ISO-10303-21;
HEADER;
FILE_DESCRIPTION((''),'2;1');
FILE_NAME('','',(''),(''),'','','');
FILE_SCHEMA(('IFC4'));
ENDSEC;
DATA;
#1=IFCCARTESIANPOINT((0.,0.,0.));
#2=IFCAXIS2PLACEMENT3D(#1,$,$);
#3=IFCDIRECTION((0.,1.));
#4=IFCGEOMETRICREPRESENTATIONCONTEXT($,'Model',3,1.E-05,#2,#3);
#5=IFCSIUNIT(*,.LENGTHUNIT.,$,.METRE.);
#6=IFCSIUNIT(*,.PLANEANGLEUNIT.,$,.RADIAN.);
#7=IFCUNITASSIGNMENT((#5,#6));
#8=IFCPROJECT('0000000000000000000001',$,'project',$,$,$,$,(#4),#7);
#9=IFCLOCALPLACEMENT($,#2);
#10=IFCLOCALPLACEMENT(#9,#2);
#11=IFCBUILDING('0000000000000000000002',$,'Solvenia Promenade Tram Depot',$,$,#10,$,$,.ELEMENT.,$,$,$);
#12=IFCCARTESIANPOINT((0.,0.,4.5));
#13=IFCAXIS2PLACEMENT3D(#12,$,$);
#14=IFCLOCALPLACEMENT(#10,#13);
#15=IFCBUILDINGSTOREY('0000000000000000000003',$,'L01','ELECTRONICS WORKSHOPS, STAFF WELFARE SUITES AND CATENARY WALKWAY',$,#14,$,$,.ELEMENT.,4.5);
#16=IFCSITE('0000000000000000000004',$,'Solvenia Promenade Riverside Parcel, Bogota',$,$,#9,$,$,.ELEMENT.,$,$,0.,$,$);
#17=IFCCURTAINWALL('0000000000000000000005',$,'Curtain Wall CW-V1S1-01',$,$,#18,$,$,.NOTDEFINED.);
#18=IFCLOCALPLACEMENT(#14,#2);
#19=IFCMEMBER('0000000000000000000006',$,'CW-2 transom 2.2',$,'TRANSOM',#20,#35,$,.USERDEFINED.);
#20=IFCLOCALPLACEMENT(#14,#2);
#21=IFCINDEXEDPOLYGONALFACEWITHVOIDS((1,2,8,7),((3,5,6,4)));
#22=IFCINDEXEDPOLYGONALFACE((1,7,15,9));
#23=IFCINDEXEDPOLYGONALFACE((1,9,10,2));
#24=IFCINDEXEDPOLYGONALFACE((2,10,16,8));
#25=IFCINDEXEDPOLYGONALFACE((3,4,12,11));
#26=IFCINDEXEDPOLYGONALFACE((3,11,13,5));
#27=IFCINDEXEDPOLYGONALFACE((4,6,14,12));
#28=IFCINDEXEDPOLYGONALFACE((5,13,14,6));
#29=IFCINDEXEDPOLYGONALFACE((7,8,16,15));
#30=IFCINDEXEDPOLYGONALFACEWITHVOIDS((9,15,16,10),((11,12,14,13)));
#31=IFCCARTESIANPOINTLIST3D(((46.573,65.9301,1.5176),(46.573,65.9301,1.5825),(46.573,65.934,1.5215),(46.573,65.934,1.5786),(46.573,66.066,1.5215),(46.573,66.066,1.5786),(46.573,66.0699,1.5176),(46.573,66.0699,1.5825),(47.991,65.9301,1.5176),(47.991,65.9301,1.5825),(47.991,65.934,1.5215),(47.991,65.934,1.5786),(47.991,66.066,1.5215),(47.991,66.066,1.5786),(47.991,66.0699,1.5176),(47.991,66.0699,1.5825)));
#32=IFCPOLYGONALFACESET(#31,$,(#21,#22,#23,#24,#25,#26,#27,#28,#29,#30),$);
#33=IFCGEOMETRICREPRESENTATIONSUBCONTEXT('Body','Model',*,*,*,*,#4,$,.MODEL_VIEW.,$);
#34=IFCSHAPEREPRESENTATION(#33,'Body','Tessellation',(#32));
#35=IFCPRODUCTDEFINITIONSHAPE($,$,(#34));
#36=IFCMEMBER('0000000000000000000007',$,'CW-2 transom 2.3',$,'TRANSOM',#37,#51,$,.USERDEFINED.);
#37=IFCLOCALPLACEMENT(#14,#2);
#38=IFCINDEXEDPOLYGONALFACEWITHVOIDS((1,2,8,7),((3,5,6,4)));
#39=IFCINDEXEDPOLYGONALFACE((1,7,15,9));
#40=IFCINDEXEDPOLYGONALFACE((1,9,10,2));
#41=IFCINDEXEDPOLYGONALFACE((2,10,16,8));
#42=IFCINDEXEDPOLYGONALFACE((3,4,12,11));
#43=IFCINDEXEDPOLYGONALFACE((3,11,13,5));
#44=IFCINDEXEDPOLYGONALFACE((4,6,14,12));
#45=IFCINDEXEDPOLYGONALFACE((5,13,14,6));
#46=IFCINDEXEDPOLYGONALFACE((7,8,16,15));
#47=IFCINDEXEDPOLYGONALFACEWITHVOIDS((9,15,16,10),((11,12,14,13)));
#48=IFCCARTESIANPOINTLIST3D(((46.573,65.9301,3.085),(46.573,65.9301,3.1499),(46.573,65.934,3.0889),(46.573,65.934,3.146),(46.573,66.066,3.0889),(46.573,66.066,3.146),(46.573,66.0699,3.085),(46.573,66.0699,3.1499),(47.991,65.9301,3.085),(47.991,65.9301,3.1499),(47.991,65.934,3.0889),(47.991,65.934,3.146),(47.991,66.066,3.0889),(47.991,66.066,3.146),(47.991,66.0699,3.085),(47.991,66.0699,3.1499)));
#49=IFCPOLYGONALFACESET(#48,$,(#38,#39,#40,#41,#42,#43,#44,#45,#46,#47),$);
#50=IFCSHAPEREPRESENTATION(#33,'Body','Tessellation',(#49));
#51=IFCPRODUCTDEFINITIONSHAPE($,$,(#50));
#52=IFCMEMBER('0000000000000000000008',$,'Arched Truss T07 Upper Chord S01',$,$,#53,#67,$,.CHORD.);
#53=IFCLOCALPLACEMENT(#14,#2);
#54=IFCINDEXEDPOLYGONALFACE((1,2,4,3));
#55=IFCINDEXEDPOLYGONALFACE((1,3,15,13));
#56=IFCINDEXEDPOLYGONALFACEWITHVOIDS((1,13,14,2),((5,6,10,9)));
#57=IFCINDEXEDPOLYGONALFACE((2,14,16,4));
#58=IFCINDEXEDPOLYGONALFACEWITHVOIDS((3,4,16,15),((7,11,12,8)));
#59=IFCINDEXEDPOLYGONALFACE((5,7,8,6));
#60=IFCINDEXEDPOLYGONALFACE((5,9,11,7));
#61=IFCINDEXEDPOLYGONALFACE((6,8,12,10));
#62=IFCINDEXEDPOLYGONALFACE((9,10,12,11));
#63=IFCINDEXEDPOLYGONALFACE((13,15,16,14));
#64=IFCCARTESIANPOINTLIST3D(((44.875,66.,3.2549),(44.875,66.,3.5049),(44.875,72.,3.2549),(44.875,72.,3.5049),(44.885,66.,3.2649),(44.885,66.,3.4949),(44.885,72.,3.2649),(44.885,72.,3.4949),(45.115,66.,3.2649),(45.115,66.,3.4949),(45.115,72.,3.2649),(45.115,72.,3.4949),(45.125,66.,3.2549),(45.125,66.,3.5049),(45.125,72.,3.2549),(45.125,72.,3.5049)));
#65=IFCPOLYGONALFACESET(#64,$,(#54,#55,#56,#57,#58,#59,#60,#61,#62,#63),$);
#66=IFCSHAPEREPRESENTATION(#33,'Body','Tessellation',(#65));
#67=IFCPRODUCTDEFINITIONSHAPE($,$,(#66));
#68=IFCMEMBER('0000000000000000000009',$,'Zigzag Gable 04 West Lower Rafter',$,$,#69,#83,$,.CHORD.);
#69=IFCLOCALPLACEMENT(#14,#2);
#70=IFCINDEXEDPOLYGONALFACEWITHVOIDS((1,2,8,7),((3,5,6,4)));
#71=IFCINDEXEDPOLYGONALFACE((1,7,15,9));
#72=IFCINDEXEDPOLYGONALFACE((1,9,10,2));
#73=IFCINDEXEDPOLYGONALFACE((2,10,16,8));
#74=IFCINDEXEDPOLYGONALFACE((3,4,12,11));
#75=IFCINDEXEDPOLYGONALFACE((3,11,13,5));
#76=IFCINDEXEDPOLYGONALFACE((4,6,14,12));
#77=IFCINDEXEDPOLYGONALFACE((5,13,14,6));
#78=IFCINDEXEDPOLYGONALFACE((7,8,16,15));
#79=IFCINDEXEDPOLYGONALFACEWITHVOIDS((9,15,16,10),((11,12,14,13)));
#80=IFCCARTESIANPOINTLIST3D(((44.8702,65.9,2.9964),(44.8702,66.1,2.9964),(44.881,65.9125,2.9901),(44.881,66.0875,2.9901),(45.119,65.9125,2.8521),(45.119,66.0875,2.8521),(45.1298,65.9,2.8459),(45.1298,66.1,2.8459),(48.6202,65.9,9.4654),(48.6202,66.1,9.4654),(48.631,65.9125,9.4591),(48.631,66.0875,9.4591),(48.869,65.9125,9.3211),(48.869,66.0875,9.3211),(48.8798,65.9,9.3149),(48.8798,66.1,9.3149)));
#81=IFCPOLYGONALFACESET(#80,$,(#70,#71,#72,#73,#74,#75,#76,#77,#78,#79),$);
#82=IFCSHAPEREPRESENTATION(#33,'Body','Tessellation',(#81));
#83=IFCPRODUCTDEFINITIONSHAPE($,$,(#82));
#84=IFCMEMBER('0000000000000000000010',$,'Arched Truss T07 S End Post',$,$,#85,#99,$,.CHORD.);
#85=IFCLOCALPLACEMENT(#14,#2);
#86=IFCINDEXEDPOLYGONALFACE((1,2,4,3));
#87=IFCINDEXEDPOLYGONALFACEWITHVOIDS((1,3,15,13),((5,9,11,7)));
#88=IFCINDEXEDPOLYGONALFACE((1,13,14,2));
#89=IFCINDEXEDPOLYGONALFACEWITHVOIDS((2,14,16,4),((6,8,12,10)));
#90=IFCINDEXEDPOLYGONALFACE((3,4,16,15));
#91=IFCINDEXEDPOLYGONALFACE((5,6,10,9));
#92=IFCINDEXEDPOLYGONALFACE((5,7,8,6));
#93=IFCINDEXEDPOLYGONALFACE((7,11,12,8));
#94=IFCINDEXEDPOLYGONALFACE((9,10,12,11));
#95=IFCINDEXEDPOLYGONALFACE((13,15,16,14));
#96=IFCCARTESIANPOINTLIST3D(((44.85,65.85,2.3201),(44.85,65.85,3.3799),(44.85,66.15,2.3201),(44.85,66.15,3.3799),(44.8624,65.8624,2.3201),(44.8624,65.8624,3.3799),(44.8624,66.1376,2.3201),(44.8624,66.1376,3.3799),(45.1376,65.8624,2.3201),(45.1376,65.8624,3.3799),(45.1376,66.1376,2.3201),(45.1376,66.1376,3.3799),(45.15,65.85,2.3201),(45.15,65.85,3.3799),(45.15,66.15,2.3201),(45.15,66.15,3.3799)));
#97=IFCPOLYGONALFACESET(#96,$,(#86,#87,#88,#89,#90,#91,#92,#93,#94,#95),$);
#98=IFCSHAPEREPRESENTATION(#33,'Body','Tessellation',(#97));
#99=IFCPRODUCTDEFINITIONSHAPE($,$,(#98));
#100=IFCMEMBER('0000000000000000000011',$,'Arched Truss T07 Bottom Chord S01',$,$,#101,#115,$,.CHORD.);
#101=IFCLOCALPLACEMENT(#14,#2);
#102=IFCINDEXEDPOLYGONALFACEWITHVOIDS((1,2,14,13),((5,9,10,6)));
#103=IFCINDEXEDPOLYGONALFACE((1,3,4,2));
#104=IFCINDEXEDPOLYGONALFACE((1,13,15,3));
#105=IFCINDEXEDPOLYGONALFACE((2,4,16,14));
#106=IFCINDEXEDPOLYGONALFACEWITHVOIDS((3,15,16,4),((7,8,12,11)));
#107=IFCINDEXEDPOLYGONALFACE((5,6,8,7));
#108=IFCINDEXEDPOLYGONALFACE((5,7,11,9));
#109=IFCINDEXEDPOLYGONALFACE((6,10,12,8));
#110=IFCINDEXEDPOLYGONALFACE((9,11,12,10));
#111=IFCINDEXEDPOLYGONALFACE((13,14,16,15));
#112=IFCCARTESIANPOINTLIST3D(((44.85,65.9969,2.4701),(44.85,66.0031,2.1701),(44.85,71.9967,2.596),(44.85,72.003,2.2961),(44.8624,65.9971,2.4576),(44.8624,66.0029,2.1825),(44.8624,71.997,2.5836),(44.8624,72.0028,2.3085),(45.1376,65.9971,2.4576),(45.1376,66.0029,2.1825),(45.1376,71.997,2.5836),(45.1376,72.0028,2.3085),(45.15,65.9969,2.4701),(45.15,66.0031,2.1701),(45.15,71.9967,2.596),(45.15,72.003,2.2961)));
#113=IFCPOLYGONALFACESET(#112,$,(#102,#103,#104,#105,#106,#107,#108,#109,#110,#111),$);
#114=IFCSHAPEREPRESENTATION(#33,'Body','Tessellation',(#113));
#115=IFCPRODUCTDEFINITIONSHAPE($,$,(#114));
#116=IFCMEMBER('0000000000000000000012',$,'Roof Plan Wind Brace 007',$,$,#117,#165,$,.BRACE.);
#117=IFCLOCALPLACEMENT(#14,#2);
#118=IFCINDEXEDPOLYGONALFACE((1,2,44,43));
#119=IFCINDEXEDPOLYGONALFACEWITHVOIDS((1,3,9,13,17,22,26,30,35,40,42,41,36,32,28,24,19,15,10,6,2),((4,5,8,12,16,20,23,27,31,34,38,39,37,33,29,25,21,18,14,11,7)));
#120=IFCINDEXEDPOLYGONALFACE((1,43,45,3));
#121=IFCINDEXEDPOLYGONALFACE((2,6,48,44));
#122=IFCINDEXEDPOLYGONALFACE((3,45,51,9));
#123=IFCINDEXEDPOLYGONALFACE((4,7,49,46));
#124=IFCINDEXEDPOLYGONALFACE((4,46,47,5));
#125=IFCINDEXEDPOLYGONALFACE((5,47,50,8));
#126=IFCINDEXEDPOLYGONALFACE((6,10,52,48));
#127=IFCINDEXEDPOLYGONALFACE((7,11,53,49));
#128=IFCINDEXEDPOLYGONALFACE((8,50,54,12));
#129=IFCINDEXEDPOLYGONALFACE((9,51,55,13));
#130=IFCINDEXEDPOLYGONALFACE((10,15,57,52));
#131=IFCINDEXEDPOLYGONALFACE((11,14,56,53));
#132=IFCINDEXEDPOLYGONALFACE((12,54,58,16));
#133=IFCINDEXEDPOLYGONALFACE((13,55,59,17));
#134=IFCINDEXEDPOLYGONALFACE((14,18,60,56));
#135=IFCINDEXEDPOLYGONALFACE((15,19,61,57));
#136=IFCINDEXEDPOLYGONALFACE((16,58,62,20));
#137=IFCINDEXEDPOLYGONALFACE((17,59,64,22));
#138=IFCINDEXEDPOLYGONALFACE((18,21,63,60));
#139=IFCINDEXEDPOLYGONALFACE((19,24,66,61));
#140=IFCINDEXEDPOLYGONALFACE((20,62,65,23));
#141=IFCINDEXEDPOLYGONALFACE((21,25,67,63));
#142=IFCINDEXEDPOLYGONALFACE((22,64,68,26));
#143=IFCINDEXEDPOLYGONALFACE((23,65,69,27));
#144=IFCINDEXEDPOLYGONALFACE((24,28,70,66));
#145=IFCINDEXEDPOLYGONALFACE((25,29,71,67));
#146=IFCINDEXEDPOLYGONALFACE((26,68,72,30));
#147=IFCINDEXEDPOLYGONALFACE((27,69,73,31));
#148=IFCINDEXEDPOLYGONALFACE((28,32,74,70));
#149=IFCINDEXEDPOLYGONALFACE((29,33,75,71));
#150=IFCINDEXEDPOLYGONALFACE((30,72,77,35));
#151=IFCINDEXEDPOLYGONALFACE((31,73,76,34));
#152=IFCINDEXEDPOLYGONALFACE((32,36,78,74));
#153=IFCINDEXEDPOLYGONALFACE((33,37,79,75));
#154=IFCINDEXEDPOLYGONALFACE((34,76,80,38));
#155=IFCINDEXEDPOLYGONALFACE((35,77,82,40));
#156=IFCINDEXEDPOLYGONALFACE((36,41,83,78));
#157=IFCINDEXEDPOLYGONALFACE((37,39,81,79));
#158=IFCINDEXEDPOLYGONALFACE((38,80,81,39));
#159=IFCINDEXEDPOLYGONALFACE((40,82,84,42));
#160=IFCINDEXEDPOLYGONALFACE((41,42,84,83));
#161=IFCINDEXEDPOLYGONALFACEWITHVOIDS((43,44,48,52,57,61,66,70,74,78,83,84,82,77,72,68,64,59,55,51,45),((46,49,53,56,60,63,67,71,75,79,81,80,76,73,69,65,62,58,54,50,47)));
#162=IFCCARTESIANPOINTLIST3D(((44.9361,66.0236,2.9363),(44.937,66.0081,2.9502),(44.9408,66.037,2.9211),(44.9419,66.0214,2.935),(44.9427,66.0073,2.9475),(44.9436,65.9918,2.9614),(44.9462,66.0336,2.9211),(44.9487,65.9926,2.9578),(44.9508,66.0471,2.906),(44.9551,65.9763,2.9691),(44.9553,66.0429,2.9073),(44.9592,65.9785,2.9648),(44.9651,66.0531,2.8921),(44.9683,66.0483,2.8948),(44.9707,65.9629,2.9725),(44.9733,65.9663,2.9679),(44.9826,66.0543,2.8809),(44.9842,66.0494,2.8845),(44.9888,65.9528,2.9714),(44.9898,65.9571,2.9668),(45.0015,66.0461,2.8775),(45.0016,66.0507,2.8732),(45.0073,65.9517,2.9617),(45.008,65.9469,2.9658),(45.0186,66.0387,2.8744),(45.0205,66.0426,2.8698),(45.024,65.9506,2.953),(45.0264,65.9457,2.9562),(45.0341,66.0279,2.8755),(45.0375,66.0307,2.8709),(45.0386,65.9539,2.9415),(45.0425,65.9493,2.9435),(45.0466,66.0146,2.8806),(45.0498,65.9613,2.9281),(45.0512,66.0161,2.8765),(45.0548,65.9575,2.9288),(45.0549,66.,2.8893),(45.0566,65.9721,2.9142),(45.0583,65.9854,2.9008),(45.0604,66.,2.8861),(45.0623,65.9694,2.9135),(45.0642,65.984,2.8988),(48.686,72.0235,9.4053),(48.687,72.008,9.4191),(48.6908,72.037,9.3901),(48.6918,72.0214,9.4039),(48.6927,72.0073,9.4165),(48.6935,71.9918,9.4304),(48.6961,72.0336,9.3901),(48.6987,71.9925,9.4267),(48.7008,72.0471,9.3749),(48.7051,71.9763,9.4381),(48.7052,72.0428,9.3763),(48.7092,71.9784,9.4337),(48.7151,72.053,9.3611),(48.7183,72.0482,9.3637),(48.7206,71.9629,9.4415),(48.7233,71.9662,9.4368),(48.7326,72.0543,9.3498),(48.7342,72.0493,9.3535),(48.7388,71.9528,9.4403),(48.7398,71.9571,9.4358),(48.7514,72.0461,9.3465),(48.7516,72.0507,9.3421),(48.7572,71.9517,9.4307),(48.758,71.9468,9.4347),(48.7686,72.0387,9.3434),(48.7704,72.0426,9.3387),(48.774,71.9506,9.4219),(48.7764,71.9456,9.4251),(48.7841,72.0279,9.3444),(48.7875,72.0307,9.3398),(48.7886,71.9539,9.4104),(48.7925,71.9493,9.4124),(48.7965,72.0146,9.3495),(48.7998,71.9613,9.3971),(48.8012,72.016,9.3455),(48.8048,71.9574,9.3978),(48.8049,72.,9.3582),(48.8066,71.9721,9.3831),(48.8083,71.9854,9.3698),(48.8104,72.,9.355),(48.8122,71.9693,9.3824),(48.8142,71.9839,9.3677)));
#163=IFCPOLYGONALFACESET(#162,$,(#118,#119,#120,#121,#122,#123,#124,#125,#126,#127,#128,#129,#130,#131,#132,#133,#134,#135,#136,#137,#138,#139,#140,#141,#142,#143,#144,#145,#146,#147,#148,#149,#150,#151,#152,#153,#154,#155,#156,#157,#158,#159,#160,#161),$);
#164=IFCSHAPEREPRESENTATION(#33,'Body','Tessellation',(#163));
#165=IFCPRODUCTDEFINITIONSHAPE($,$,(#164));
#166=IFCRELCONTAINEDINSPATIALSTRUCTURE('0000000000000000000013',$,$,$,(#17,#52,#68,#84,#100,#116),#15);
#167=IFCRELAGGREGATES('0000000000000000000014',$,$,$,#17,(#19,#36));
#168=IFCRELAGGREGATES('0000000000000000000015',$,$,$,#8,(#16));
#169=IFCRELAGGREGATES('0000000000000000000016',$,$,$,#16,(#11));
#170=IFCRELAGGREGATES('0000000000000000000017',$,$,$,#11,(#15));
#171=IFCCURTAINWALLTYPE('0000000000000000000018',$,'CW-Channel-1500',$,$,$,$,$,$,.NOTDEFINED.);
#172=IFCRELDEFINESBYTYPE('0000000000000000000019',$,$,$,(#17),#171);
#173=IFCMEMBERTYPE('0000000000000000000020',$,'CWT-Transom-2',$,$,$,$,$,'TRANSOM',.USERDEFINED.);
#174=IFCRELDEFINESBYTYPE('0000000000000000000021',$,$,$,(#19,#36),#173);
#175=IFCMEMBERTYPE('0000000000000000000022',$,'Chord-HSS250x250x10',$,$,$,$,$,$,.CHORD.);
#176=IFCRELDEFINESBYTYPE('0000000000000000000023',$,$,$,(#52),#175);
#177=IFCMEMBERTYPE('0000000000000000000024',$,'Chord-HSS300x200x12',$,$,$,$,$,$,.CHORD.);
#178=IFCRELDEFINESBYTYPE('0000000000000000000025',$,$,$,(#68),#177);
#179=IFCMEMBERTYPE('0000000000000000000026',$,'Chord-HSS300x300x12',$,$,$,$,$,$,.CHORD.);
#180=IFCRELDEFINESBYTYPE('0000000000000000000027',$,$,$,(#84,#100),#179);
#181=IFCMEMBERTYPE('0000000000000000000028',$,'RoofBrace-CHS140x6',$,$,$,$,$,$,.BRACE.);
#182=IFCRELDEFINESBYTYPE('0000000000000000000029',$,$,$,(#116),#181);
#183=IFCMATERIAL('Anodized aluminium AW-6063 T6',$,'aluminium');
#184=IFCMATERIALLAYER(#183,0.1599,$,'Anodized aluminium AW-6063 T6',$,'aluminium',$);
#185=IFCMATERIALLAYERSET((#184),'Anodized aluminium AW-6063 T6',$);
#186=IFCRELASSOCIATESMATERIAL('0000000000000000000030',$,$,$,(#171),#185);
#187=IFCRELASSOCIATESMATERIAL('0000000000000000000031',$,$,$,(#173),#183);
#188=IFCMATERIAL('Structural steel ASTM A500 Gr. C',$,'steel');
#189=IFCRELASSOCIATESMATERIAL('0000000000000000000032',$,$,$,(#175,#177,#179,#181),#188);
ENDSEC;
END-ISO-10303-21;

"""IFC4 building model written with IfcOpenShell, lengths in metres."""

from ifc_helpers import new_model, si_unit, direction, frame, origin, origin_2d, place, context, subcontext, project, spatial, hollow_rectangle, hollow_circle, extrude, material, layer, layer_set, material_profile, profile_set, type_object, element, aggregate, save


model = new_model("IFC4")

# Units and contexts
model_context = context("Model", 3, precision=1e-05, world=origin(), true_north=direction((0.0, 1.0)))
body_context = subcontext(model_context, "Body", "Model", "MODEL_VIEW")
ifc_project = project(units=[si_unit("LENGTHUNIT", "METRE"), si_unit("PLANEANGLEUNIT", "RADIAN")], contexts=[model_context])

# Site, building, storey
site_placement = place(None, origin())
site = spatial("IfcSite", under=ifc_project, at=site_placement, Name="Solvenia Promenade Riverside Parcel, Bogota", CompositionType="ELEMENT", RefElevation=0.0)
building_placement = place(site_placement, origin())
building = spatial("IfcBuilding", under=site, at=building_placement, Name="Solvenia Promenade Tram Depot", CompositionType="ELEMENT")
storey_placement = place(building_placement, frame((0.0, 0.0, 4.5)))
storey = spatial("IfcBuildingStorey", under=building, at=storey_placement, Name="L01", Description="ELECTRONICS WORKSHOPS, STAFF WELFARE SUITES AND CATENARY WALKWAY", CompositionType="ELEMENT", Elevation=4.5)

# Shared definitions
ifc_material_1 = material(Name="Anodized aluminium AW-6063 T6", Category="aluminium")

# Curtain wall, members
ifc_layer_1 = layer(ifc_material_1, 0.1599, Name="Anodized aluminium AW-6063 T6", Category="aluminium")
ifc_layer_set_1 = layer_set([ifc_layer_1], Name="Anodized aluminium AW-6063 T6")
curtain_wall_type_1 = type_object("IfcCurtainWallType", Name="CW-Channel-1500", PredefinedType="NOTDEFINED", material=ifc_layer_set_1)
curtain_wall_1_placement = place(storey_placement, origin())
curtain_wall_1 = element("IfcCurtainWall", 1, at=curtain_wall_1_placement, inside=storey, type_object=curtain_wall_type_1, Name="Curtain Wall CW-V1S1-01", PredefinedType="NOTDEFINED")
ifc_material_profile_1 = material_profile(ifc_material_1, hollow_rectangle(XDim=0.1399, YDim=0.0649, WallThickness=0.0039, at=origin_2d()), Name="ALU-T2", Category="aluminium")
ifc_profile_set_1 = profile_set([ifc_material_profile_1], Name="Anodized aluminium AW-6063 T6")
member_type_1 = type_object("IfcMemberType", Name="CWT-Transom-2", ElementType="TRANSOM", PredefinedType="USERDEFINED", material=ifc_profile_set_1)
member_1_placement = place(storey_placement, frame((46.573, 66.0, 1.55), z_axis=(1.0, 0.0, 0.0), x_axis=(0.0, 1.0, 0.0)))
member_1 = element("IfcMember", 2, at=member_1_placement, type_object=member_type_1, Name="CW-2 transom 2.2", ObjectType="TRANSOM", PredefinedType="USERDEFINED", context=body_context, shape_type="SweptSolid", body=[
    extrude(hollow_rectangle(XDim=0.1399, YDim=0.0649, WallThickness=0.0039, at=origin_2d()), origin(), (0.0, 0.0, 1.0), 1.418),
])
member_2_placement = place(storey_placement, frame((46.573, 66.0, 3.1174), z_axis=(1.0, 0.0, 0.0), x_axis=(0.0, 1.0, 0.0)))
member_2 = element("IfcMember", 3, at=member_2_placement, type_object=member_type_1, Name="CW-2 transom 2.3", ObjectType="TRANSOM", PredefinedType="USERDEFINED", context=body_context, shape_type="SweptSolid", body=[
    extrude(hollow_rectangle(XDim=0.1399, YDim=0.0649, WallThickness=0.0039, at=origin_2d()), origin(), (0.0, 0.0, 1.0), 1.418),
])

# Members
ifc_material_2 = material(Name="Structural steel ASTM A500 Gr. C", Category="steel")
ifc_material_profile_2 = material_profile(ifc_material_2, hollow_rectangle(XDim=0.25, YDim=0.25, WallThickness=0.01, at=origin_2d()), Name="HSS250x250x10", Category="steel")
ifc_profile_set_2 = profile_set([ifc_material_profile_2], Name="Structural steel ASTM A500 Gr. C")
member_type_2 = type_object("IfcMemberType", Name="Chord-HSS250x250x10", PredefinedType="CHORD", material=ifc_profile_set_2)
member_3_placement = place(storey_placement, frame((45.0, 66.0, 3.3799), z_axis=(0.0, 1.0, 0.0), x_axis=(-1.0, 0.0, 0.0)))
element("IfcMember", 4, at=member_3_placement, inside=storey, type_object=member_type_2, Name="Arched Truss T07 Upper Chord S01", PredefinedType="CHORD", context=body_context, shape_type="SweptSolid", body=[
    extrude(hollow_rectangle(XDim=0.25, YDim=0.25, WallThickness=0.01, at=origin_2d()), origin(), (0.0, 0.0, 1.0), 6.0),
])
ifc_material_profile_3 = material_profile(ifc_material_2, hollow_rectangle(XDim=0.2, YDim=0.3, WallThickness=0.0125, at=origin_2d()), Name="HSS300x200x12.5", Category="steel")
ifc_profile_set_3 = profile_set([ifc_material_profile_3], Name="Structural steel ASTM A500 Gr. C")
member_type_3 = type_object("IfcMemberType", Name="Chord-HSS300x200x12", PredefinedType="CHORD", material=ifc_profile_set_3)
member_4_placement = place(storey_placement, frame((45.0, 66.0, 2.9211), z_axis=(0.501516, 0.0, 0.865148), x_axis=(0.0, 1.0, 0.0)))
element("IfcMember", 5, at=member_4_placement, inside=storey, type_object=member_type_3, Name="Zigzag Gable 04 West Lower Rafter", PredefinedType="CHORD", context=body_context, shape_type="SweptSolid", body=[
    extrude(hollow_rectangle(XDim=0.2, YDim=0.3, WallThickness=0.0125, at=origin_2d()), origin(), (0.0, 0.0, 1.0), 7.4773),
])
ifc_material_profile_4 = material_profile(ifc_material_2, hollow_rectangle(XDim=0.3, YDim=0.3, WallThickness=0.0125, at=origin_2d()), Name="HSS300x300x12.5", Category="steel")
ifc_profile_set_4 = profile_set([ifc_material_profile_4], Name="Structural steel ASTM A500 Gr. C")
member_type_4 = type_object("IfcMemberType", Name="Chord-HSS300x300x12", PredefinedType="CHORD", material=ifc_profile_set_4)
member_5_placement = place(storey_placement, frame((45.0, 66.0, 2.3201), z_axis=(0.0, 0.0, 1.0), x_axis=(1.0, 0.0, 0.0)))
element("IfcMember", 6, at=member_5_placement, inside=storey, type_object=member_type_4, Name="Arched Truss T07 S End Post", PredefinedType="CHORD", context=body_context, shape_type="SweptSolid", body=[
    extrude(hollow_rectangle(XDim=0.3, YDim=0.3, WallThickness=0.0125, at=origin_2d()), origin(), (0.0, 0.0, 1.0), 1.0598),
])
member_6_placement = place(storey_placement, frame((45.0, 66.0, 2.3201), z_axis=(0.0, 0.99978, 0.020991), x_axis=(-1.0, 0.0, 0.0)))
element("IfcMember", 7, at=member_6_placement, inside=storey, type_object=member_type_4, Name="Arched Truss T07 Bottom Chord S01", PredefinedType="CHORD", context=body_context, shape_type="SweptSolid", body=[
    extrude(hollow_rectangle(XDim=0.3, YDim=0.3, WallThickness=0.0125, at=origin_2d()), origin(), (0.0, 0.0, 1.0), 6.0012),
])
ifc_material_profile_5 = material_profile(ifc_material_2, hollow_circle(Radius=0.0698, WallThickness=0.0063, at=origin_2d()), Name="CHS139.7x6.3", Category="steel")
ifc_profile_set_5 = profile_set([ifc_material_profile_5], Name="Structural steel ASTM A500 Gr. C")
member_type_5 = type_object("IfcMemberType", Name="RoofBrace-CHS140x6", PredefinedType="BRACE", material=ifc_profile_set_5)
member_7_placement = place(storey_placement, frame((45.0, 66.0, 2.9211), z_axis=(0.391155, 0.625848, 0.674768), x_axis=(-0.847998, 0.529999, 0.0)))
element("IfcMember", 8, at=member_7_placement, inside=storey, type_object=member_type_5, Name="Roof Plan Wind Brace 007", PredefinedType="BRACE", context=body_context, shape_type="SweptSolid", body=[
    extrude(hollow_circle(Radius=0.0698, WallThickness=0.0063, at=origin_2d()), origin(), (0.0, 0.0, 1.0), 9.5869),
])

aggregate(curtain_wall_1, [member_1, member_2])

save(model, "model.ifc")
